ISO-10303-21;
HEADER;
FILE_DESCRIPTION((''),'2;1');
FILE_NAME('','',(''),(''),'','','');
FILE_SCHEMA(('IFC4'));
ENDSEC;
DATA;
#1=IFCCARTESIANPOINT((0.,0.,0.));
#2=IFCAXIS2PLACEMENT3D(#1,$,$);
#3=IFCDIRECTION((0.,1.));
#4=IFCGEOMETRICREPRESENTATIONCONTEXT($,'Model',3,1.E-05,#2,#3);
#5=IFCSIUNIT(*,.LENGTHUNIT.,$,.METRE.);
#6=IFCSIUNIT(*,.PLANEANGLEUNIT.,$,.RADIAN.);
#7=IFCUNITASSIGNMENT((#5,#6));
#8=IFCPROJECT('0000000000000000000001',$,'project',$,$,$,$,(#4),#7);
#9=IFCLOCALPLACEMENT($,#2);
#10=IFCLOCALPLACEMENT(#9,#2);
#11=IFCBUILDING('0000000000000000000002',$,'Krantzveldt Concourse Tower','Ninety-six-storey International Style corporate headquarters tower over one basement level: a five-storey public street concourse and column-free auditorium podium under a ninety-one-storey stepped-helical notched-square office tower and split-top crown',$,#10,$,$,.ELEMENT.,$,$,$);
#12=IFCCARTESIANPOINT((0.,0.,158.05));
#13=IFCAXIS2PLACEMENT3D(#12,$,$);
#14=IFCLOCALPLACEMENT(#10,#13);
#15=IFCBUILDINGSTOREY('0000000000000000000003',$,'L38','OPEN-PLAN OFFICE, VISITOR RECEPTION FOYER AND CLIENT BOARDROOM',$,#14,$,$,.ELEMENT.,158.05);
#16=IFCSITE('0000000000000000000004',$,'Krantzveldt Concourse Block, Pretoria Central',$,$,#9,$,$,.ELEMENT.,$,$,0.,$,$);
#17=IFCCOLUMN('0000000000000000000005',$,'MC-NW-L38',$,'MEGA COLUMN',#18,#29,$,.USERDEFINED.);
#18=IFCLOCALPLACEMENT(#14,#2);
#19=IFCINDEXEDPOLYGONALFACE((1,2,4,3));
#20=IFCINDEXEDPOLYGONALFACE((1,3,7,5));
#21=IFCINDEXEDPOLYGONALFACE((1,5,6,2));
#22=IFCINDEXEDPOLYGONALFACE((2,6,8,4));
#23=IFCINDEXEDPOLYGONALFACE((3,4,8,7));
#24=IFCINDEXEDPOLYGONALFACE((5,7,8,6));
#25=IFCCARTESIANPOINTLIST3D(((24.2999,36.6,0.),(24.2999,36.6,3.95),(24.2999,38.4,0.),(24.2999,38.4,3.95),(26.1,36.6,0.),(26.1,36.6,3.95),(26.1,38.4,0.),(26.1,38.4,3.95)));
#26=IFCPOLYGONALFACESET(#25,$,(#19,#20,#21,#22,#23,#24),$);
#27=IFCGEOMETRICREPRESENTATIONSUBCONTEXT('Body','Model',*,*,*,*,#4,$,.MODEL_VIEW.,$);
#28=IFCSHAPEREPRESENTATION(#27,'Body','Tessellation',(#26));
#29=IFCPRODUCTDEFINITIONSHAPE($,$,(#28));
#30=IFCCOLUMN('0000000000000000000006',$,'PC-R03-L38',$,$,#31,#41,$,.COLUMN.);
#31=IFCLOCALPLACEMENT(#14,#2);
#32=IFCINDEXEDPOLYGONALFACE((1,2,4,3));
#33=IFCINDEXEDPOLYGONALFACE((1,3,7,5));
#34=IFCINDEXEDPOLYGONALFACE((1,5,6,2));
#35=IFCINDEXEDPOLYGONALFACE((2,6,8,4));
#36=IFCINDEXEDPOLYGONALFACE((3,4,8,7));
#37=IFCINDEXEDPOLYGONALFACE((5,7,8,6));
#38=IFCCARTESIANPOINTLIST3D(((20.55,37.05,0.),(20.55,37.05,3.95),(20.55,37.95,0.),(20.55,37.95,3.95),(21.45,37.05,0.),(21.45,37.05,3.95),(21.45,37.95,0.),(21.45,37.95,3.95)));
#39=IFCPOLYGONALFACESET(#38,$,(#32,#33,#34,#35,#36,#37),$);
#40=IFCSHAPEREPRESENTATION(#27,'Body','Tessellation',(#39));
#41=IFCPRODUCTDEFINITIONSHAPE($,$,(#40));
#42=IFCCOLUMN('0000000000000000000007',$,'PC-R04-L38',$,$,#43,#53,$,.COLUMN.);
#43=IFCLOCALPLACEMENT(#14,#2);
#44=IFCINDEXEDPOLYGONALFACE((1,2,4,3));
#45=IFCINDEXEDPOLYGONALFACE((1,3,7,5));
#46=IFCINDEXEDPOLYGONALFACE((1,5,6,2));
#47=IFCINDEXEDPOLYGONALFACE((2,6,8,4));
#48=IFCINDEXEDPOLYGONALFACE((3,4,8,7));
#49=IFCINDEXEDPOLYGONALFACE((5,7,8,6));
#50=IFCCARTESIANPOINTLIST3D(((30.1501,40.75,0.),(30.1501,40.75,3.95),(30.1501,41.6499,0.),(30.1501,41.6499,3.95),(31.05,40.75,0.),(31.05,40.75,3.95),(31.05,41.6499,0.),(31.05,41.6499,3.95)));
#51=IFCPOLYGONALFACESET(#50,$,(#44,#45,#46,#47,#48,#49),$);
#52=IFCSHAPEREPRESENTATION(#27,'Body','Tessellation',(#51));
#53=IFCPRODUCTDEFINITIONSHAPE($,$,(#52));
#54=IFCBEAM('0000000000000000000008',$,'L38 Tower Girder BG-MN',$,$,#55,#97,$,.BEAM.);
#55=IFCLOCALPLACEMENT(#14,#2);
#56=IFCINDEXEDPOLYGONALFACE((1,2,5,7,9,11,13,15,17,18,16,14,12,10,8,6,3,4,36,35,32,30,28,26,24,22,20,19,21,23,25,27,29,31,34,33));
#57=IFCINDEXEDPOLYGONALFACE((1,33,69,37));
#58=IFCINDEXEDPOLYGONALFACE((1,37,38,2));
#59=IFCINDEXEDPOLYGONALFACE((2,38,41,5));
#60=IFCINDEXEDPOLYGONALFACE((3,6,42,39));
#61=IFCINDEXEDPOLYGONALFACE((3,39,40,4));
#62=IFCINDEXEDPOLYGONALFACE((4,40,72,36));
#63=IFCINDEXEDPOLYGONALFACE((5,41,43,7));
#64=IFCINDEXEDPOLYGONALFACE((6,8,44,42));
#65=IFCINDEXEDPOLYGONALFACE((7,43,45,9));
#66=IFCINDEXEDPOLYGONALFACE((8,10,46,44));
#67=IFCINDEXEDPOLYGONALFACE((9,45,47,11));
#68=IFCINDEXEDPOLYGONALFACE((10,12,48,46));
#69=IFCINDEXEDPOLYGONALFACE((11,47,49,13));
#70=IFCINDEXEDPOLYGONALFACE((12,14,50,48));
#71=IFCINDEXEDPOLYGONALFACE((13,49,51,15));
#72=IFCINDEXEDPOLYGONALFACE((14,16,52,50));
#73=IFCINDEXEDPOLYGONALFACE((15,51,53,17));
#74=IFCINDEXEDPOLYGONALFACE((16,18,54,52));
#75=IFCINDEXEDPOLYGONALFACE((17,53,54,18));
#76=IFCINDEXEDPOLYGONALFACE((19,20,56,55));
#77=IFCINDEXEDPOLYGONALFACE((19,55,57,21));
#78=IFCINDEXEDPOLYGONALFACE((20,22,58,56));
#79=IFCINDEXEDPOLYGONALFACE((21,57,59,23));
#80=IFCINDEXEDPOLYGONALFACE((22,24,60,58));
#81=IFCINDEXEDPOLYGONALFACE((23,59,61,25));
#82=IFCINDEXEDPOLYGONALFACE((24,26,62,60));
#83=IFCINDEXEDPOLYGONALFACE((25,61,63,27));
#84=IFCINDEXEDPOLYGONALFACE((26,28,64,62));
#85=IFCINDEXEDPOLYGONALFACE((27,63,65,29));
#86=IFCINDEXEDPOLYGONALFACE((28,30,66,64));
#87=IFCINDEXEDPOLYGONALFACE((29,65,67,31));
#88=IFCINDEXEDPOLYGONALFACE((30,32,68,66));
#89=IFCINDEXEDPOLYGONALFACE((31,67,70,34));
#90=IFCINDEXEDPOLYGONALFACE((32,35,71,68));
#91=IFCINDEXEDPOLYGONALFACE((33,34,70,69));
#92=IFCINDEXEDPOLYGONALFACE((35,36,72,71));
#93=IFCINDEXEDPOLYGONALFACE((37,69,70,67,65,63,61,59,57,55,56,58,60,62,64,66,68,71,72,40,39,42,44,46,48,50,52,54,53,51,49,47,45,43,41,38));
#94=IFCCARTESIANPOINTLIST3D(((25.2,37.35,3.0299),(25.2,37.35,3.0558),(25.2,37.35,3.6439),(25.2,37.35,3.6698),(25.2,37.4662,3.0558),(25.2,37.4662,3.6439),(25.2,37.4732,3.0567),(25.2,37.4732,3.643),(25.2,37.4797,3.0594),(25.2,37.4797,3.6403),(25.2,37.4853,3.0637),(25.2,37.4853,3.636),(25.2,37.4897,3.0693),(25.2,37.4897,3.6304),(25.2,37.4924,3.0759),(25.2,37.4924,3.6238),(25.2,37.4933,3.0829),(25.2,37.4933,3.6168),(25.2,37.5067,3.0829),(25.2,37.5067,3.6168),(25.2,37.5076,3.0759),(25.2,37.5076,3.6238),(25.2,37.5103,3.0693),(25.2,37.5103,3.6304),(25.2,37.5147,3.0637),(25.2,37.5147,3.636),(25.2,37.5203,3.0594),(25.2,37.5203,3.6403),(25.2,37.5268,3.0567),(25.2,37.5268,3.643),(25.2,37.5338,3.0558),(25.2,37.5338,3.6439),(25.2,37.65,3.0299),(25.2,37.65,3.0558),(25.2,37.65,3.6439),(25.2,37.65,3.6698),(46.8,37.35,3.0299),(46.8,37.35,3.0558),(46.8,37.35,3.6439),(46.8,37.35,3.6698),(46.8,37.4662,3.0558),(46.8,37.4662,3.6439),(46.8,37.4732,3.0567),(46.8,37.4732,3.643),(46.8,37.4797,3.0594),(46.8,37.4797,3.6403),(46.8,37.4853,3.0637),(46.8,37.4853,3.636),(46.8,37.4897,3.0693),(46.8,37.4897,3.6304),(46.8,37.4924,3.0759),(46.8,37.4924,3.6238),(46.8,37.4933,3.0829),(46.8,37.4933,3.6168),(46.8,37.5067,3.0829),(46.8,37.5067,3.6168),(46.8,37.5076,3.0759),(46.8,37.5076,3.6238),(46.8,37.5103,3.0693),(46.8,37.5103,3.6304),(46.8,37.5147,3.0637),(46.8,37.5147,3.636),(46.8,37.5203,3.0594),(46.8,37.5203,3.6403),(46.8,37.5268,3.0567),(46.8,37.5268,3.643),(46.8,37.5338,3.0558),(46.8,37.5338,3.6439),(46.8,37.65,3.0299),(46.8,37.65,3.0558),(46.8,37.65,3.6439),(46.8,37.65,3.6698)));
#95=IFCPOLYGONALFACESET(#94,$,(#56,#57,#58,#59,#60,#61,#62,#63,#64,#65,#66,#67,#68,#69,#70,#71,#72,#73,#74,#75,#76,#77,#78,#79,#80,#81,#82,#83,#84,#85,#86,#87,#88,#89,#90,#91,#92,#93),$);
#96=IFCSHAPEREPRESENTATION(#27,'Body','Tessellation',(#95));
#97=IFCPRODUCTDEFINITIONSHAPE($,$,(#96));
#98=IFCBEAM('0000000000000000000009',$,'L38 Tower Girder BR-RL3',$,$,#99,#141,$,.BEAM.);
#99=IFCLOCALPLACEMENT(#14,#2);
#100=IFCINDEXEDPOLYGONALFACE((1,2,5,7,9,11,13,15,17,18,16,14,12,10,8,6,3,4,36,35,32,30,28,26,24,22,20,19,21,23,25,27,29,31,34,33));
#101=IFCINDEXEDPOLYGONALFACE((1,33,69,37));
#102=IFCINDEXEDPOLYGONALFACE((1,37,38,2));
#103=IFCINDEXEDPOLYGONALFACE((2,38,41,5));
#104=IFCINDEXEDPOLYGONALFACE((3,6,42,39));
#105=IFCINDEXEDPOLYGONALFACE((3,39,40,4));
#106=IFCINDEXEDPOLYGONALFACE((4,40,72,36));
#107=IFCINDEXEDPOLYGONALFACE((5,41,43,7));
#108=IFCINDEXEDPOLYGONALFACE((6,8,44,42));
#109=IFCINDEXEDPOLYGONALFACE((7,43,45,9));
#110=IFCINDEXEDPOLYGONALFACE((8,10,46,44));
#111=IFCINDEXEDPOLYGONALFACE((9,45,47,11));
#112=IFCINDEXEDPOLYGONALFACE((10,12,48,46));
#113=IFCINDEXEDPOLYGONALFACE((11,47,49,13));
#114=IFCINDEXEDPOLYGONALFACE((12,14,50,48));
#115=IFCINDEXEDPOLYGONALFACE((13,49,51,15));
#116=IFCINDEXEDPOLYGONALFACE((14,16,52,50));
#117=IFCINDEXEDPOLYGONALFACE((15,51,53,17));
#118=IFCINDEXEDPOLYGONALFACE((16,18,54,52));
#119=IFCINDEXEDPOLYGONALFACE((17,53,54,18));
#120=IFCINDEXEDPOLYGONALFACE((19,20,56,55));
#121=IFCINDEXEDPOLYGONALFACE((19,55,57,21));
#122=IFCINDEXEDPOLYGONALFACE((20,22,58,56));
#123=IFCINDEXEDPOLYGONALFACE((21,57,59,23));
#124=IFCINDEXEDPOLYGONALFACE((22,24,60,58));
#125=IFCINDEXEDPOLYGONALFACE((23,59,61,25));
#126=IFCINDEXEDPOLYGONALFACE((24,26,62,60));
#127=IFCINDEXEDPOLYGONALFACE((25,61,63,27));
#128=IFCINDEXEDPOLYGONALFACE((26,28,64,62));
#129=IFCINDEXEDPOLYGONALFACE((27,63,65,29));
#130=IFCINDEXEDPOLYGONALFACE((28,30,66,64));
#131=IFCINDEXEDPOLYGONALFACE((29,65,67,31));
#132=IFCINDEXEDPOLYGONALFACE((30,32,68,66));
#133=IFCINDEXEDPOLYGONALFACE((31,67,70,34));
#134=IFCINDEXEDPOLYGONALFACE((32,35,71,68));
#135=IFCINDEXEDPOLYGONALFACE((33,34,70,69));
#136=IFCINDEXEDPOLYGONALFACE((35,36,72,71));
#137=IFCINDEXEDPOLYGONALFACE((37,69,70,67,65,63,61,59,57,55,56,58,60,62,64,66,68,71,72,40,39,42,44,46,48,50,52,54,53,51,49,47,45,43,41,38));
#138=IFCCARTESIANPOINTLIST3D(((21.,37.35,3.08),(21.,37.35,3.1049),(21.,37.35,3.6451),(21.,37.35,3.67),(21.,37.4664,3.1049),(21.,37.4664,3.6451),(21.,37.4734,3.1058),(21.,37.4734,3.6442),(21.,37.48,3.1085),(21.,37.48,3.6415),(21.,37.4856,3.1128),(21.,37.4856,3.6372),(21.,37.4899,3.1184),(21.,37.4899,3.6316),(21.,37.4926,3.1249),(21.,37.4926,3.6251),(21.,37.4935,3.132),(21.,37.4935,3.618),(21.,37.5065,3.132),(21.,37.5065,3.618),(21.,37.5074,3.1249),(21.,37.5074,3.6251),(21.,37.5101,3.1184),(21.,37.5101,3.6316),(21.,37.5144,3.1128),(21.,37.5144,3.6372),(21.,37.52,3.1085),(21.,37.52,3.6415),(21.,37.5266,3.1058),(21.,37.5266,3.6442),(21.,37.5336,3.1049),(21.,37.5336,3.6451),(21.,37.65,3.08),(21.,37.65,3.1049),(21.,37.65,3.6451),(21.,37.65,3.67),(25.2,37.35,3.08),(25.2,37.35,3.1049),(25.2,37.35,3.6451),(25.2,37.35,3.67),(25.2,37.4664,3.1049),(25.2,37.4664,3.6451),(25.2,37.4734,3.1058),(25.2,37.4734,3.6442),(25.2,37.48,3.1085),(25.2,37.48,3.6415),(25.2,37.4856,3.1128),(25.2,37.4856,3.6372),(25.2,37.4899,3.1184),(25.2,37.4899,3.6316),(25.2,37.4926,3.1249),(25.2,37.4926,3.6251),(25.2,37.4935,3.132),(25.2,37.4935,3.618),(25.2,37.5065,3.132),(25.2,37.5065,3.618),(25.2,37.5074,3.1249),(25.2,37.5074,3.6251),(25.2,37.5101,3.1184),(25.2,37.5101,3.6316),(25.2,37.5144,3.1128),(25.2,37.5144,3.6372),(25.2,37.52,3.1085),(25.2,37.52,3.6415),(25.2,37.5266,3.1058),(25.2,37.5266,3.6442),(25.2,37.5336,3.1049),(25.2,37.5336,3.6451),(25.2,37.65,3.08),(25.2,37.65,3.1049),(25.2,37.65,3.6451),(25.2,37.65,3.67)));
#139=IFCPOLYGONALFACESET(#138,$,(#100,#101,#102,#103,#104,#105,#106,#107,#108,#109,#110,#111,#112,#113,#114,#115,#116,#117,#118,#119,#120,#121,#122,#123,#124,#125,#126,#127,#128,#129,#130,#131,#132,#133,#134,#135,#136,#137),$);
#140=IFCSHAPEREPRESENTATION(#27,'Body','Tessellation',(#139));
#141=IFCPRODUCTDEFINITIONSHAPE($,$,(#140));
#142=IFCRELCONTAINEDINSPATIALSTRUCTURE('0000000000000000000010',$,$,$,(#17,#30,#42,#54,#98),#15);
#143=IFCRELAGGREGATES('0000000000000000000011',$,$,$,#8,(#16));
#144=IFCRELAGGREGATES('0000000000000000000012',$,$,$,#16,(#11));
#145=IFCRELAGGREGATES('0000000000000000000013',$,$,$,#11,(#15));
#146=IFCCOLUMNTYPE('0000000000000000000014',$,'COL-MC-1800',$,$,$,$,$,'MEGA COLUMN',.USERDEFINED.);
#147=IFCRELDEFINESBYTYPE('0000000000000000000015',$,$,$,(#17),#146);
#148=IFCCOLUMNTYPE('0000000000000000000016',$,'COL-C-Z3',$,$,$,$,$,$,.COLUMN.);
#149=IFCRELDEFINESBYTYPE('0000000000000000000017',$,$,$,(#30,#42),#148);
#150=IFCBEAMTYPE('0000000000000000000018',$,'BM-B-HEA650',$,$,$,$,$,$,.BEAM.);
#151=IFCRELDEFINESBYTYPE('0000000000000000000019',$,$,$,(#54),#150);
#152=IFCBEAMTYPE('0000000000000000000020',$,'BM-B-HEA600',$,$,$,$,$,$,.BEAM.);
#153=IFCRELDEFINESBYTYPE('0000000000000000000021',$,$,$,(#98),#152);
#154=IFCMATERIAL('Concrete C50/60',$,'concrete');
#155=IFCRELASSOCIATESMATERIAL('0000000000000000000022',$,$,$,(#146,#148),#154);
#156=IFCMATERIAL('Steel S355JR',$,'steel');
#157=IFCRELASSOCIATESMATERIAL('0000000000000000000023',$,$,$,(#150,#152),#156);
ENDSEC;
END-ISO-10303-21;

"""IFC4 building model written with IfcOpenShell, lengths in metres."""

from ifc_helpers import new_model, si_unit, direction, frame, origin, origin_2d, place, context, subcontext, project, spatial, rectangle, i_section, extrude, source, transform, mapped, material, material_profile, profile_set, type_object, type_shapes, element, save


model = new_model("IFC4")

# Units and contexts
model_context = context("Model", 3, precision=1e-05, world=origin(), true_north=direction((0.0, 1.0)))
body_context = subcontext(model_context, "Body", "Model", "MODEL_VIEW")
ifc_project = project(units=[si_unit("LENGTHUNIT", "METRE"), si_unit("PLANEANGLEUNIT", "RADIAN")], contexts=[model_context])

# Site, building, storey
site_placement = place(None, origin())
site = spatial("IfcSite", under=ifc_project, at=site_placement, Name="Krantzveldt Concourse Block, Pretoria Central", CompositionType="ELEMENT", RefElevation=0.0)
building_placement = place(site_placement, origin())
building = spatial("IfcBuilding", under=site, at=building_placement, Name="Krantzveldt Concourse Tower", Description="Ninety-six-storey International Style corporate headquarters tower over one basement level: a five-storey public street concourse and column-free auditorium podium under a ninety-one-storey stepped-helical notched-square office tower and split-top crown", CompositionType="ELEMENT")
storey_placement = place(building_placement, frame((0.0, 0.0, 158.05)))
storey = spatial("IfcBuildingStorey", under=building, at=storey_placement, Name="L38", Description="OPEN-PLAN OFFICE, VISITOR RECEPTION FOYER AND CLIENT BOARDROOM", CompositionType="ELEMENT", Elevation=158.05)

# Columns
ifc_material_1 = material(Name="Concrete C50/60", Category="concrete")
ifc_material_profile_1 = material_profile(ifc_material_1, rectangle(XDim=1.8, YDim=1.8, at=origin_2d()), Name="Concrete C50/60", Category="concrete")
ifc_profile_set_1 = profile_set([ifc_material_profile_1], Name="Concrete C50/60 - RC 1800x1800")
column_type_1 = type_object("IfcColumnType", Name="COL-MC-1800", ElementType="MEGA COLUMN", PredefinedType="USERDEFINED", material=ifc_profile_set_1)
shared_shape_1 = source(origin(), body_context, "Body", "SweptSolid", [
    extrude(rectangle(XDim=1.8, YDim=1.8, at=origin_2d()), origin(), (0.0, 0.0, 1.0), 3.95),
])
type_shapes(column_type_1, [shared_shape_1])
column_placement = place(storey_placement, frame((25.2, 37.5, 0.0), z_axis=(0.0, 0.0, 1.0), x_axis=(1.0, 0.0, 0.0)))
element("IfcColumn", 1, at=column_placement, inside=storey, type_object=column_type_1, Name="MC-NW-L38", ObjectType="MEGA COLUMN", PredefinedType="USERDEFINED", context=body_context, shape_type="MappedRepresentation", body=[
    mapped(shared_shape_1, transform((0.0, 0.0, 0.0), x_axis=(1.0, 0.0, 0.0), y_axis=(0.0, 1.0, 0.0), z_axis=(0.0, 0.0, 1.0), scale=1.0)),
])
ifc_material_profile_2 = material_profile(ifc_material_1, rectangle(XDim=0.8999, YDim=0.8999, at=origin_2d()), Name="Concrete C50/60", Category="concrete")
ifc_profile_set_2 = profile_set([ifc_material_profile_2], Name="Concrete C50/60 - RC 900x900")
column_type_2 = type_object("IfcColumnType", Name="COL-C-Z3", PredefinedType="COLUMN", material=ifc_profile_set_2)
shared_shape_2 = source(origin(), body_context, "Body", "SweptSolid", [
    extrude(rectangle(XDim=0.8999, YDim=0.8999, at=origin_2d()), origin(), (0.0, 0.0, 1.0), 3.95),
])
type_shapes(column_type_2, [shared_shape_2])
for number, where, z_axis, x_axis, name in (
    (2, (21.0, 37.5, 0.0), (0.0, 0.0, 1.0), (1.0, 0.0, 0.0), "PC-R03-L38"),
    (3, (30.6001, 41.2, 0.0), (0.0, 0.0, 1.0), (1.0, 0.0, 0.0), "PC-R04-L38"),
):
    element("IfcColumn", number, at=place(storey_placement, frame(where, z_axis=z_axis, x_axis=x_axis)), inside=storey, type_object=column_type_2, Name=name, PredefinedType="COLUMN", context=body_context, shape_type="MappedRepresentation", body=[
        mapped(shared_shape_2, transform((0.0, 0.0, 0.0), x_axis=(1.0, 0.0, 0.0), y_axis=(0.0, 1.0, 0.0), z_axis=(0.0, 0.0, 1.0), scale=1.0)),
    ])

# Beams
ifc_material_2 = material(Name="Steel S355JR", Category="steel")
ifc_material_profile_3 = material_profile(ifc_material_2, i_section(OverallWidth=0.3, OverallDepth=0.6399, WebThickness=0.0134, FlangeThickness=0.0259, FilletRadius=0.0271, at=origin_2d()), Name="Steel S355JR", Category="steel")
ifc_profile_set_3 = profile_set([ifc_material_profile_3], Name="Steel S355JR - HEA 650")
beam_type_1 = type_object("IfcBeamType", Name="BM-B-HEA650", PredefinedType="BEAM", material=ifc_profile_set_3)
shared_shape_3 = source(origin(), body_context, "Body", "SweptSolid", [
    extrude(i_section(OverallWidth=0.3, OverallDepth=0.6399, WebThickness=0.0134, FlangeThickness=0.0259, FilletRadius=0.0271, at=origin_2d()), origin(), (0.0, 0.0, 1.0), 21.6001),
])
type_shapes(beam_type_1, [shared_shape_3])
beam_1_placement = place(storey_placement, frame((25.2, 37.5, 3.3499), z_axis=(1.0, 0.0, 0.0), x_axis=(0.0, 1.0, 0.0)))
element("IfcBeam", 4, at=beam_1_placement, inside=storey, type_object=beam_type_1, Name="L38 Tower Girder BG-MN", PredefinedType="BEAM", context=body_context, shape_type="MappedRepresentation", body=[
    mapped(shared_shape_3, transform((0.0, 0.0, 0.0), x_axis=(1.0, 0.0, 0.0), y_axis=(0.0, 1.0, 0.0), z_axis=(0.0, 0.0, 1.0), scale=1.0)),
])
ifc_material_profile_4 = material_profile(ifc_material_2, i_section(OverallWidth=0.3, OverallDepth=0.5901, WebThickness=0.0129, FlangeThickness=0.0249, FilletRadius=0.0271, at=origin_2d()), Name="Steel S355JR", Category="steel")
ifc_profile_set_4 = profile_set([ifc_material_profile_4], Name="Steel S355JR - HEA 600")
beam_type_2 = type_object("IfcBeamType", Name="BM-B-HEA600", PredefinedType="BEAM", material=ifc_profile_set_4)
shared_shape_4 = source(origin(), body_context, "Body", "SweptSolid", [
    extrude(i_section(OverallWidth=0.3, OverallDepth=0.5901, WebThickness=0.0129, FlangeThickness=0.0249, FilletRadius=0.0271, at=origin_2d()), origin(), (0.0, 0.0, 1.0), 4.2),
])
beam_2_placement = place(storey_placement, frame((21.0, 37.5, 3.375), z_axis=(1.0, 0.0, 0.0), x_axis=(0.0, 1.0, 0.0)))
element("IfcBeam", 5, at=beam_2_placement, inside=storey, type_object=beam_type_2, Name="L38 Tower Girder BR-RL3", PredefinedType="BEAM", context=body_context, shape_type="MappedRepresentation", body=[
    mapped(shared_shape_4, transform((0.0, 0.0, 0.0), x_axis=(1.0, 0.0, 0.0), y_axis=(0.0, 1.0, 0.0), z_axis=(0.0, 0.0, 1.0), scale=1.0)),
])

save(model, "model.ifc")
